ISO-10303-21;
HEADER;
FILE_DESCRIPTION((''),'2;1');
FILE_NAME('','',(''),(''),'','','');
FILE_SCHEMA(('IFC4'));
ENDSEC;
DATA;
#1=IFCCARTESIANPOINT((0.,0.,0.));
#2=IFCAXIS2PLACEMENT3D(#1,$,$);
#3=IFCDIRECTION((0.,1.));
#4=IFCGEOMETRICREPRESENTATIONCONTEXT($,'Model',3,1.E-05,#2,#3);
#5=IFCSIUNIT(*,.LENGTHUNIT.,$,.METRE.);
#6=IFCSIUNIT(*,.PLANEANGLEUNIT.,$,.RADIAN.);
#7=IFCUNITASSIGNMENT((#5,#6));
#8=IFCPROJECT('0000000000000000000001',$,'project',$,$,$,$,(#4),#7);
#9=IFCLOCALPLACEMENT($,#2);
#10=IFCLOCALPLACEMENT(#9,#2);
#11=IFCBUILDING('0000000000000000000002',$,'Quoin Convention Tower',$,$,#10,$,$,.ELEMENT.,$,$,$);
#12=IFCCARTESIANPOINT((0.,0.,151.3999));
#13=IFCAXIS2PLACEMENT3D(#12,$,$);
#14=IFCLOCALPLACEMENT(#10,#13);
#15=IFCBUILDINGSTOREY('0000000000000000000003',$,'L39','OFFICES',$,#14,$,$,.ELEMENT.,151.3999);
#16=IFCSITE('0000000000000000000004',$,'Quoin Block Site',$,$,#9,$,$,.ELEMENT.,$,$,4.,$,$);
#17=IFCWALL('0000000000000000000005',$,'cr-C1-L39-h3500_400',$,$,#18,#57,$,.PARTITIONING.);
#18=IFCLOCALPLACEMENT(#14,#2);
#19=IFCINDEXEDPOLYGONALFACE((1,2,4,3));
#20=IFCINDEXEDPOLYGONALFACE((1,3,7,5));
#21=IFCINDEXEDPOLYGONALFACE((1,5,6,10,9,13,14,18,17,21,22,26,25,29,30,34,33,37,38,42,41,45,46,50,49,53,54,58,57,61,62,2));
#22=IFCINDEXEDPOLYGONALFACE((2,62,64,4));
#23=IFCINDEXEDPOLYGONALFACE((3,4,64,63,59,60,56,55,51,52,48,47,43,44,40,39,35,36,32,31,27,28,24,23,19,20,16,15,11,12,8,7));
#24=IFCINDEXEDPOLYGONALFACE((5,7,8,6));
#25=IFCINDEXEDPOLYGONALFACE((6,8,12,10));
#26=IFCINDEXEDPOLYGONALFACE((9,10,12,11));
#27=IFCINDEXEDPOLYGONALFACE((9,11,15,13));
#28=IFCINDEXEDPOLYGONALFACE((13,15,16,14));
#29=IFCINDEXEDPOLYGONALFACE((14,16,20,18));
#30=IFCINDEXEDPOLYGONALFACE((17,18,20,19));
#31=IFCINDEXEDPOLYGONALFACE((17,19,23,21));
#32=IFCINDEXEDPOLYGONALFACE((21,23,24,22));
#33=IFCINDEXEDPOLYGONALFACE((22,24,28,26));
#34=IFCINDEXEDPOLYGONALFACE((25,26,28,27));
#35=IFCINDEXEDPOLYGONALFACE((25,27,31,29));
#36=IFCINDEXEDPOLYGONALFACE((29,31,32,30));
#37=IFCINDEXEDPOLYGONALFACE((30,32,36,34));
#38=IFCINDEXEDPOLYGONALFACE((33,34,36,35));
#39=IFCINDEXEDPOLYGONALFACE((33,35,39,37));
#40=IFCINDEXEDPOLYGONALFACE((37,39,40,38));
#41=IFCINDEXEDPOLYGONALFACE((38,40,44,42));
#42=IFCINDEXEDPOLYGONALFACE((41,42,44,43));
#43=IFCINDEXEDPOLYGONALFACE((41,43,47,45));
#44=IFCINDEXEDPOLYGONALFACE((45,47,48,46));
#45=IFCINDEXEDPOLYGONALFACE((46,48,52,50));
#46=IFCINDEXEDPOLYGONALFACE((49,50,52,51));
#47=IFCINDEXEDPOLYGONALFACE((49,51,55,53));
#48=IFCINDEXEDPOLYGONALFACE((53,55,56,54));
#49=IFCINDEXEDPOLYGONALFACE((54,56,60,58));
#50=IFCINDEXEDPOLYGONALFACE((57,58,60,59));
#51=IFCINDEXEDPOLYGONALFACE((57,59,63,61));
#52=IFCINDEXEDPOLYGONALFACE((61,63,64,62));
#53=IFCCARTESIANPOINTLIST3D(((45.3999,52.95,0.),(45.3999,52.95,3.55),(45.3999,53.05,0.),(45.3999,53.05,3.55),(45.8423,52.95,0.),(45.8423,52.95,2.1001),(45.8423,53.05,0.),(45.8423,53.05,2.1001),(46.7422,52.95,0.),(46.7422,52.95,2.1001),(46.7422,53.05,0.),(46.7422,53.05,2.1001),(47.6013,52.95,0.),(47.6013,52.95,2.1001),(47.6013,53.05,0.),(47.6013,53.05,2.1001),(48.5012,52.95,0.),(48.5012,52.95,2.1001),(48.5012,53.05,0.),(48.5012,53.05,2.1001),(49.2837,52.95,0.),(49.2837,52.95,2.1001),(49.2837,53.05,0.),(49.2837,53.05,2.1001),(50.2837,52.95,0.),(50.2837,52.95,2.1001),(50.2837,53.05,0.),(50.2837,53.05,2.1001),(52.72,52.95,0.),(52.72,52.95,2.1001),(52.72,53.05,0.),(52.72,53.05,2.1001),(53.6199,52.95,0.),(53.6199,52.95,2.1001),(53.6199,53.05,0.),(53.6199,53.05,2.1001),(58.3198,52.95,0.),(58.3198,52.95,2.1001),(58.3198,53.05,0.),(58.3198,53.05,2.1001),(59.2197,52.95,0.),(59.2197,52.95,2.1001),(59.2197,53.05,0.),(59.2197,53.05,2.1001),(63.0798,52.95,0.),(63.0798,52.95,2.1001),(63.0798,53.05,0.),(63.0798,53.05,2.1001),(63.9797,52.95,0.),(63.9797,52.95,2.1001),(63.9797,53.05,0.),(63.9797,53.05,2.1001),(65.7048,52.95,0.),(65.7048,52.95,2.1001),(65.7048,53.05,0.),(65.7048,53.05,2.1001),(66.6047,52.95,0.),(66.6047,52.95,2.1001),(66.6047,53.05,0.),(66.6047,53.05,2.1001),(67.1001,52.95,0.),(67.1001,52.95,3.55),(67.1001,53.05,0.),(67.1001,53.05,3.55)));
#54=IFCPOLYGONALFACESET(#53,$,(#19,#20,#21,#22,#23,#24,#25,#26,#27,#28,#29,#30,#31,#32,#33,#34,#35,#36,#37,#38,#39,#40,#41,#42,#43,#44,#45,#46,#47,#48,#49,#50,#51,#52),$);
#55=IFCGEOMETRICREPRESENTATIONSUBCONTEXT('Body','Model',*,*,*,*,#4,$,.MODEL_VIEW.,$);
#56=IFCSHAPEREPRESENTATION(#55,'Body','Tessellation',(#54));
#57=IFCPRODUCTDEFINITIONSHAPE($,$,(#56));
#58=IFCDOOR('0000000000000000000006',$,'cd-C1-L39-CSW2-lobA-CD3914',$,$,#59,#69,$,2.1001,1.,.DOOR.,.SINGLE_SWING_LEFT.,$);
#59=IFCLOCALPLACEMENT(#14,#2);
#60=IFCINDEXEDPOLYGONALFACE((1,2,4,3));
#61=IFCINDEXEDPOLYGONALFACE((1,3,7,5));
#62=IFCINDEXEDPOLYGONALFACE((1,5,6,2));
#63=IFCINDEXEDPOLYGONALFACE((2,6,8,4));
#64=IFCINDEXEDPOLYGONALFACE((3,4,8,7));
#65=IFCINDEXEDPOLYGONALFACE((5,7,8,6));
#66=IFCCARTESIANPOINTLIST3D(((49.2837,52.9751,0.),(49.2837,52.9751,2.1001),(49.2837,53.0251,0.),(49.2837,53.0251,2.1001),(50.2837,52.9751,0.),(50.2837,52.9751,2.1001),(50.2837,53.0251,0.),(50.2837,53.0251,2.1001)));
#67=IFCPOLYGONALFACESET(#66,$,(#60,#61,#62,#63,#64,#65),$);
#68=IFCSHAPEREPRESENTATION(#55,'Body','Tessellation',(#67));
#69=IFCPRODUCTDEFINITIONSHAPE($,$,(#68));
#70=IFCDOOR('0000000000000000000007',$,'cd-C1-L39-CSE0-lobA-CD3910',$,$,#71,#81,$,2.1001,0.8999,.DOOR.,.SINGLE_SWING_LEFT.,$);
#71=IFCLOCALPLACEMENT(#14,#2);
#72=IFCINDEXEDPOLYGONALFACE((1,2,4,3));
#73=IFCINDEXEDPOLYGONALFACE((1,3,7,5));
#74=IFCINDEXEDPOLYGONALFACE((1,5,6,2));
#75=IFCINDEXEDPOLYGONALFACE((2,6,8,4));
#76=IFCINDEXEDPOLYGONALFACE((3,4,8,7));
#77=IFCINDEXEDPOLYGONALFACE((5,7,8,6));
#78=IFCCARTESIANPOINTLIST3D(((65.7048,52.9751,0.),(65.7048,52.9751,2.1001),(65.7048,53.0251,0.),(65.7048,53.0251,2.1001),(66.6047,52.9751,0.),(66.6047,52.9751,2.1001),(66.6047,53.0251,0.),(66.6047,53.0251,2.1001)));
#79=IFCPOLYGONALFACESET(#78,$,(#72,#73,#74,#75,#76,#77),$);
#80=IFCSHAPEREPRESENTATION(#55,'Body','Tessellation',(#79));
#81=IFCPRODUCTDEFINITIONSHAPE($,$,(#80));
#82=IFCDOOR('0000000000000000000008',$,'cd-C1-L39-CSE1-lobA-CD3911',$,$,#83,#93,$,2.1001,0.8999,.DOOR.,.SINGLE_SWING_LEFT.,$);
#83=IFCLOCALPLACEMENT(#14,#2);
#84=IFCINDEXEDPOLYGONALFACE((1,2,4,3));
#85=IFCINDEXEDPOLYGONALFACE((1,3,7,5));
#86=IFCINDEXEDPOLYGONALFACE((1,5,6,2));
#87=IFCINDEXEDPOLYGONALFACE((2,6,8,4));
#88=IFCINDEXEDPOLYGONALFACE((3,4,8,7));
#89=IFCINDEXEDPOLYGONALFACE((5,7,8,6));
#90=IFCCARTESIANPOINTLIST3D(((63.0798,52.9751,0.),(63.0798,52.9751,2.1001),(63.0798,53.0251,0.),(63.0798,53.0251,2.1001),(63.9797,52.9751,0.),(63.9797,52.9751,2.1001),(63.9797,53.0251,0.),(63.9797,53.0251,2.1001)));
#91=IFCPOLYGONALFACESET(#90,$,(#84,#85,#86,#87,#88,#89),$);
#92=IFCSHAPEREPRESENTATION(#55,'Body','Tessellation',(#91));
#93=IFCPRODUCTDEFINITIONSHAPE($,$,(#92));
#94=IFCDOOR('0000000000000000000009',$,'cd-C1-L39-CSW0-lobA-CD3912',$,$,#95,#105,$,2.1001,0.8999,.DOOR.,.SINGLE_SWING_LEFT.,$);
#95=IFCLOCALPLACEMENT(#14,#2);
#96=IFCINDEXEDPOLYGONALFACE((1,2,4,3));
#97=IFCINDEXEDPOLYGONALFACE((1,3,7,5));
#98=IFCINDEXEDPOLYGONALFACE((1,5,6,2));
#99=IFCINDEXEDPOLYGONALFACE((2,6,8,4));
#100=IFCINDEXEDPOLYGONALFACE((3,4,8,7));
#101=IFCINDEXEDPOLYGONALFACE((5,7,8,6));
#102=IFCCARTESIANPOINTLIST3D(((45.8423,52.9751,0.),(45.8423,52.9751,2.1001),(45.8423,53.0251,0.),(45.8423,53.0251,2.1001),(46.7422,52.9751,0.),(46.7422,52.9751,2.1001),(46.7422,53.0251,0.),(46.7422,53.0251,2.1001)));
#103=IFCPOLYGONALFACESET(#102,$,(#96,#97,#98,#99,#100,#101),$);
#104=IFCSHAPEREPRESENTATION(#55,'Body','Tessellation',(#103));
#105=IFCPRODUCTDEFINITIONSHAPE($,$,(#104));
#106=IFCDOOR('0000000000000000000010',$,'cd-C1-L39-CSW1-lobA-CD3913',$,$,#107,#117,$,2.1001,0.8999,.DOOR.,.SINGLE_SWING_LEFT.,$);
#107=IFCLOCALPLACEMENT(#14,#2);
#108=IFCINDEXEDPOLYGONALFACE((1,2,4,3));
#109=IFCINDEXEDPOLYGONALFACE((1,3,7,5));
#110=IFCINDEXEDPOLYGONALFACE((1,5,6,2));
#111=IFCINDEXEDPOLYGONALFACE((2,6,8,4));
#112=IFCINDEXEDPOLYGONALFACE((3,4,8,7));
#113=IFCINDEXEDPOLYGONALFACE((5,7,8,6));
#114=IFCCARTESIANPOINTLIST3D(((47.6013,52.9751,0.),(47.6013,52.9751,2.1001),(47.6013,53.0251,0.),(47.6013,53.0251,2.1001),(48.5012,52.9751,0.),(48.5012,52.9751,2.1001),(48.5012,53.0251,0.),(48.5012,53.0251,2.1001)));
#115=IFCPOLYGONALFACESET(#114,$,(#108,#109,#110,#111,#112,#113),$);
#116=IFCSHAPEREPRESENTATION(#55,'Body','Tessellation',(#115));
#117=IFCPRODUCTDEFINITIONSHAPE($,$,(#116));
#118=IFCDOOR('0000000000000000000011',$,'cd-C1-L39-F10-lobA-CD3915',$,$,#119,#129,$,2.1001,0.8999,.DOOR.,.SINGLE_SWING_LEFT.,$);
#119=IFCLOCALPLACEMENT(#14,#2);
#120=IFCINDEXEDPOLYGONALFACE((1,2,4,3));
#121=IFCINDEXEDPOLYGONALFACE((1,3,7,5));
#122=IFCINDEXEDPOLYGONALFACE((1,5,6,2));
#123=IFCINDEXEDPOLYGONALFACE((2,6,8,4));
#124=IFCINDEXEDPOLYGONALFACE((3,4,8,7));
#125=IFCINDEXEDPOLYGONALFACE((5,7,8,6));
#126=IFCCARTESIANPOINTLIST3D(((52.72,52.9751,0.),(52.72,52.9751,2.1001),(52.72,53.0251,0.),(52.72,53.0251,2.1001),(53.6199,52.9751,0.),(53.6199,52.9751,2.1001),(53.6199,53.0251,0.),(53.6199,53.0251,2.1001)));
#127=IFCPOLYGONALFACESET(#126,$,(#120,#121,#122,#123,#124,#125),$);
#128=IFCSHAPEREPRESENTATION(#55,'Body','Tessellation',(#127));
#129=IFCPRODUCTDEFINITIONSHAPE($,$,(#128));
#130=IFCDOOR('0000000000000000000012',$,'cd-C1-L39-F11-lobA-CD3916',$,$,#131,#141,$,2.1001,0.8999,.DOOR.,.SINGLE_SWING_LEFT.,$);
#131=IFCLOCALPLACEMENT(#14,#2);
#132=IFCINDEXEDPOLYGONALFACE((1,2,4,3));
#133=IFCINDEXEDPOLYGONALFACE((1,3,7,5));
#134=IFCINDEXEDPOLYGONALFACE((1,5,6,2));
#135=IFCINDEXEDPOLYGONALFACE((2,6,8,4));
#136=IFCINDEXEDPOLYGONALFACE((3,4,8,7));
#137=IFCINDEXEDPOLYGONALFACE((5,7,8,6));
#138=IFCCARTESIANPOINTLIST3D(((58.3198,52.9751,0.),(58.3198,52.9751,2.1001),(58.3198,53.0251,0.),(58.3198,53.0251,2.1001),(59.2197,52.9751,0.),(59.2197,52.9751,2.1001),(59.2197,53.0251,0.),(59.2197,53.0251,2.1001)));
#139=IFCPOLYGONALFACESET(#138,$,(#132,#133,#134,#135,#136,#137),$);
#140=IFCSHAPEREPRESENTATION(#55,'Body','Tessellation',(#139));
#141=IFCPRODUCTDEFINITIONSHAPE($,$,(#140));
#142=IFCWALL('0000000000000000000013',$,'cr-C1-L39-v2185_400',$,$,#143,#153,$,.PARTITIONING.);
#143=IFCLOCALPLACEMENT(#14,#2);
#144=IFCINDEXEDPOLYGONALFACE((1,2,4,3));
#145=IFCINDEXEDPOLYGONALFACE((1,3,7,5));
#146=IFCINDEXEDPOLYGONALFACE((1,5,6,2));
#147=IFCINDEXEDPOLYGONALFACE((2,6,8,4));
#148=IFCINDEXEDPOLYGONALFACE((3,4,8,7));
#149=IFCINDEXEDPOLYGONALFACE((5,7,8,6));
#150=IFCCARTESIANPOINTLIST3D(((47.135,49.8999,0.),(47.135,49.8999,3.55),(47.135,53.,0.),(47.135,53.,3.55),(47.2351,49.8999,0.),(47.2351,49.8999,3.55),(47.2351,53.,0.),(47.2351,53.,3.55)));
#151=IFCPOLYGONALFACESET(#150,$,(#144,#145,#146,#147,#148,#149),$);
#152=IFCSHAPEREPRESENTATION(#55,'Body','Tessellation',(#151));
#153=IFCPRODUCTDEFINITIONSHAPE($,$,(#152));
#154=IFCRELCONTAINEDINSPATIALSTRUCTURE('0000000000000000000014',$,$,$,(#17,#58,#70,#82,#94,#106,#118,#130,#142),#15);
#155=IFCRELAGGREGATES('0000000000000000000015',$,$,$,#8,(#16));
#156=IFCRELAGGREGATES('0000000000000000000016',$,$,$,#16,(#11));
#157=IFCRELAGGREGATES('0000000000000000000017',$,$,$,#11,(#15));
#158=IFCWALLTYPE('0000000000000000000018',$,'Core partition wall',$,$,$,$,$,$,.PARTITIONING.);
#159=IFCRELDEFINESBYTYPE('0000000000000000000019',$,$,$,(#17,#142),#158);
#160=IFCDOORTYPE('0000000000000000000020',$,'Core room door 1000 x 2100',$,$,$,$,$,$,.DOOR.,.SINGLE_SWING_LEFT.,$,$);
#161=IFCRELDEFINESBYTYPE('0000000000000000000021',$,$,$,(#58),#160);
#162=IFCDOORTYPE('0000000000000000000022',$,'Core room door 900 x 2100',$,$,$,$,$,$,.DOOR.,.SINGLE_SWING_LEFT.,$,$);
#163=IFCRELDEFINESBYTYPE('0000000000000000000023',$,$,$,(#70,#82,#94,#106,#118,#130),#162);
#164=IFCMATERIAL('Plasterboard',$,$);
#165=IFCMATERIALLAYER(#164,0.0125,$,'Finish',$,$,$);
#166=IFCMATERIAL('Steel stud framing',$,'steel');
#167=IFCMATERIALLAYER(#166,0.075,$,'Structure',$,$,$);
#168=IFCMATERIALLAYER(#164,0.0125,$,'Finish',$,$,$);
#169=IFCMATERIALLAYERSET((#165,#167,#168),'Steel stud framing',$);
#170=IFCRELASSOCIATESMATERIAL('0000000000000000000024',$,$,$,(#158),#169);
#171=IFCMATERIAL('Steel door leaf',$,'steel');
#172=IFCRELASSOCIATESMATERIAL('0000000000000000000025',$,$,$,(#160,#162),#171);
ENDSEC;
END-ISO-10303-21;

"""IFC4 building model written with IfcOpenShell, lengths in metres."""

from ifc_helpers import new_model, si_unit, direction, frame, frame_2d, origin, place, context, subcontext, project, spatial, rectangle, extrude, material, layer, layer_set, type_object, element, fill, save


model = new_model("IFC4")

# Units and contexts
model_context = context("Model", 3, precision=1e-05, world=origin(), true_north=direction((0.0, 1.0)))
body_context = subcontext(model_context, "Body", "Model", "MODEL_VIEW")
ifc_project = project(units=[si_unit("LENGTHUNIT", "METRE"), si_unit("PLANEANGLEUNIT", "RADIAN")], contexts=[model_context])

# Site, building, storey
site_placement = place(None, origin())
site = spatial("IfcSite", under=ifc_project, at=site_placement, Name="Quoin Block Site", CompositionType="ELEMENT", RefElevation=4.0)
building_placement = place(site_placement, origin())
building = spatial("IfcBuilding", under=site, at=building_placement, Name="Quoin Convention Tower", CompositionType="ELEMENT")
storey_placement = place(building_placement, frame((0.0, 0.0, 151.3999)))
storey = spatial("IfcBuildingStorey", under=building, at=storey_placement, Name="L39", Description="OFFICES", CompositionType="ELEMENT", Elevation=151.3999)

# Wall, openings, doors
ifc_material_1 = material(Name="Plasterboard")
ifc_layer_1 = layer(ifc_material_1, 0.0125, Name="Finish")
ifc_material_2 = material(Name="Steel stud framing", Category="steel")
ifc_layer_2 = layer(ifc_material_2, 0.075, Name="Structure")
ifc_layer_3 = layer(ifc_material_1, 0.0125, Name="Finish")
ifc_layer_set_1 = layer_set([ifc_layer_1, ifc_layer_2, ifc_layer_3], Name="Steel stud framing")
wall_type_1 = type_object("IfcWallType", Name="Core partition wall", PredefinedType="PARTITIONING", material=ifc_layer_set_1)
wall_1_placement = place(storey_placement, frame((45.3999, 53.0, 0.0), z_axis=(0.0, 0.0, 1.0), x_axis=(1.0, 0.0, 0.0)))
wall_1 = element("IfcWall", 1, at=wall_1_placement, inside=storey, type_object=wall_type_1, Name="cr-C1-L39-h3500_400", PredefinedType="PARTITIONING", context=body_context, shape_type="SweptSolid", body=[
    extrude(rectangle(XDim=21.7002, YDim=0.1001, at=frame_2d((10.8501, 0.0))), origin(), (0.0, 0.0, 1.0), 3.55),
])
opening_1_placement = place(wall_1_placement, frame((20.3049, 0.0, 0.0)))
opening_1 = element("IfcOpeningElement", 2, at=opening_1_placement, cuts=wall_1, PredefinedType="OPENING", context=body_context, shape_type="SweptSolid", body=[
    extrude(rectangle(XDim=0.8999, YDim=2.1001, at=frame_2d((0.45, 1.05))), frame((0.0, 0.0601, 0.0), z_axis=(0.0, -1.0, 0.0), x_axis=(1.0, 0.0, 0.0)), (0.0, 0.0, 1.0), 0.1201),
])
opening_2_placement = place(wall_1_placement, frame((17.6799, 0.0, 0.0)))
opening_2 = element("IfcOpeningElement", 3, at=opening_2_placement, cuts=wall_1, PredefinedType="OPENING", context=body_context, shape_type="SweptSolid", body=[
    extrude(rectangle(XDim=0.8999, YDim=2.1001, at=frame_2d((0.45, 1.05))), frame((0.0, 0.0601, 0.0), z_axis=(0.0, -1.0, 0.0), x_axis=(1.0, 0.0, 0.0)), (0.0, 0.0, 1.0), 0.1201),
])
opening_3_placement = place(wall_1_placement, frame((0.4424, 0.0, 0.0)))
opening_3 = element("IfcOpeningElement", 4, at=opening_3_placement, cuts=wall_1, PredefinedType="OPENING", context=body_context, shape_type="SweptSolid", body=[
    extrude(rectangle(XDim=0.8999, YDim=2.1001, at=frame_2d((0.45, 1.05))), frame((0.0, 0.0601, 0.0), z_axis=(0.0, -1.0, 0.0), x_axis=(1.0, 0.0, 0.0)), (0.0, 0.0, 1.0), 0.1201),
])
opening_4_placement = place(wall_1_placement, frame((2.2014, 0.0, 0.0)))
opening_4 = element("IfcOpeningElement", 5, at=opening_4_placement, cuts=wall_1, PredefinedType="OPENING", context=body_context, shape_type="SweptSolid", body=[
    extrude(rectangle(XDim=0.8999, YDim=2.1001, at=frame_2d((0.45, 1.05))), frame((0.0, 0.0601, 0.0), z_axis=(0.0, -1.0, 0.0), x_axis=(1.0, 0.0, 0.0)), (0.0, 0.0, 1.0), 0.1201),
])
opening_5_placement = place(wall_1_placement, frame((3.8838, 0.0, 0.0)))
opening_5 = element("IfcOpeningElement", 6, at=opening_5_placement, cuts=wall_1, PredefinedType="OPENING", context=body_context, shape_type="SweptSolid", body=[
    extrude(rectangle(XDim=1.0, YDim=2.1001, at=frame_2d((0.5, 1.05))), frame((0.0, 0.0601, 0.0), z_axis=(0.0, -1.0, 0.0), x_axis=(1.0, 0.0, 0.0)), (0.0, 0.0, 1.0), 0.1201),
])
opening_6_placement = place(wall_1_placement, frame((7.3201, 0.0, 0.0)))
opening_6 = element("IfcOpeningElement", 7, at=opening_6_placement, cuts=wall_1, PredefinedType="OPENING", context=body_context, shape_type="SweptSolid", body=[
    extrude(rectangle(XDim=0.8999, YDim=2.1001, at=frame_2d((0.45, 1.05))), frame((0.0, 0.0601, 0.0), z_axis=(0.0, -1.0, 0.0), x_axis=(1.0, 0.0, 0.0)), (0.0, 0.0, 1.0), 0.1201),
])
opening_7_placement = place(wall_1_placement, frame((12.9199, 0.0, 0.0)))
opening_7 = element("IfcOpeningElement", 8, at=opening_7_placement, cuts=wall_1, PredefinedType="OPENING", context=body_context, shape_type="SweptSolid", body=[
    extrude(rectangle(XDim=0.8999, YDim=2.1001, at=frame_2d((0.45, 1.05))), frame((0.0, 0.0601, 0.0), z_axis=(0.0, -1.0, 0.0), x_axis=(1.0, 0.0, 0.0)), (0.0, 0.0, 1.0), 0.1201),
])
ifc_material_3 = material(Name="Steel door leaf", Category="steel")
door_type_1 = type_object("IfcDoorType", Name="Core room door 1000 x 2100", OperationType="SINGLE_SWING_LEFT", PredefinedType="DOOR", material=ifc_material_3)
door_1_placement = place(opening_5_placement, frame((1.0, 0.0, 0.0), z_axis=(0.0, 0.0, 1.0), x_axis=(-1.0, 0.0, 0.0)))
door_1 = element("IfcDoor", 9, at=door_1_placement, inside=storey, type_object=door_type_1, Name="cd-C1-L39-CSW2-lobA-CD3914", OperationType="SINGLE_SWING_LEFT", OverallHeight=2.1001, OverallWidth=1.0, PredefinedType="DOOR", context=body_context, shape_type="SweptSolid", body=[
    extrude(rectangle(XDim=1.0, YDim=2.1001, at=frame_2d((0.5, 1.05))), frame((0.0, 0.0249, 0.0), z_axis=(0.0, -1.0, 0.0), x_axis=(1.0, 0.0, 0.0)), (0.0, 0.0, 1.0), 0.05),
])
fill(opening_5, door_1)
door_type_2 = type_object("IfcDoorType", Name="Core room door 900 x 2100", OperationType="SINGLE_SWING_LEFT", PredefinedType="DOOR", material=ifc_material_3)
door_2_placement = place(opening_1_placement, frame((0.8999, 0.0, 0.0), z_axis=(0.0, 0.0, 1.0), x_axis=(-1.0, 0.0, 0.0)))
door_2 = element("IfcDoor", 10, at=door_2_placement, inside=storey, type_object=door_type_2, Name="cd-C1-L39-CSE0-lobA-CD3910", OperationType="SINGLE_SWING_LEFT", OverallHeight=2.1001, OverallWidth=0.8999, PredefinedType="DOOR", context=body_context, shape_type="SweptSolid", body=[
    extrude(rectangle(XDim=0.8999, YDim=2.1001, at=frame_2d((0.45, 1.05))), frame((0.0, 0.0249, 0.0), z_axis=(0.0, -1.0, 0.0), x_axis=(1.0, 0.0, 0.0)), (0.0, 0.0, 1.0), 0.05),
])
fill(opening_1, door_2)
door_3_placement = place(opening_2_placement, frame((0.8999, 0.0, 0.0), z_axis=(0.0, 0.0, 1.0), x_axis=(-1.0, 0.0, 0.0)))
door_3 = element("IfcDoor", 11, at=door_3_placement, inside=storey, type_object=door_type_2, Name="cd-C1-L39-CSE1-lobA-CD3911", OperationType="SINGLE_SWING_LEFT", OverallHeight=2.1001, OverallWidth=0.8999, PredefinedType="DOOR", context=body_context, shape_type="SweptSolid", body=[
    extrude(rectangle(XDim=0.8999, YDim=2.1001, at=frame_2d((0.45, 1.05))), frame((0.0, 0.0249, 0.0), z_axis=(0.0, -1.0, 0.0), x_axis=(1.0, 0.0, 0.0)), (0.0, 0.0, 1.0), 0.05),
])
fill(opening_2, door_3)
door_4_placement = place(opening_3_placement, frame((0.8999, 0.0, 0.0), z_axis=(0.0, 0.0, 1.0), x_axis=(-1.0, 0.0, 0.0)))
door_4 = element("IfcDoor", 12, at=door_4_placement, inside=storey, type_object=door_type_2, Name="cd-C1-L39-CSW0-lobA-CD3912", OperationType="SINGLE_SWING_LEFT", OverallHeight=2.1001, OverallWidth=0.8999, PredefinedType="DOOR", context=body_context, shape_type="SweptSolid", body=[
    extrude(rectangle(XDim=0.8999, YDim=2.1001, at=frame_2d((0.45, 1.05))), frame((0.0, 0.0249, 0.0), z_axis=(0.0, -1.0, 0.0), x_axis=(1.0, 0.0, 0.0)), (0.0, 0.0, 1.0), 0.05),
])
fill(opening_3, door_4)
door_5_placement = place(opening_4_placement, frame((0.8999, 0.0, 0.0), z_axis=(0.0, 0.0, 1.0), x_axis=(-1.0, 0.0, 0.0)))
door_5 = element("IfcDoor", 13, at=door_5_placement, inside=storey, type_object=door_type_2, Name="cd-C1-L39-CSW1-lobA-CD3913", OperationType="SINGLE_SWING_LEFT", OverallHeight=2.1001, OverallWidth=0.8999, PredefinedType="DOOR", context=body_context, shape_type="SweptSolid", body=[
    extrude(rectangle(XDim=0.8999, YDim=2.1001, at=frame_2d((0.45, 1.05))), frame((0.0, 0.0249, 0.0), z_axis=(0.0, -1.0, 0.0), x_axis=(1.0, 0.0, 0.0)), (0.0, 0.0, 1.0), 0.05),
])
fill(opening_4, door_5)
door_6_placement = place(opening_6_placement, frame((0.8999, 0.0, 0.0), z_axis=(0.0, 0.0, 1.0), x_axis=(-1.0, 0.0, 0.0)))
door_6 = element("IfcDoor", 14, at=door_6_placement, inside=storey, type_object=door_type_2, Name="cd-C1-L39-F10-lobA-CD3915", OperationType="SINGLE_SWING_LEFT", OverallHeight=2.1001, OverallWidth=0.8999, PredefinedType="DOOR", context=body_context, shape_type="SweptSolid", body=[
    extrude(rectangle(XDim=0.8999, YDim=2.1001, at=frame_2d((0.45, 1.05))), frame((0.0, 0.0249, 0.0), z_axis=(0.0, -1.0, 0.0), x_axis=(1.0, 0.0, 0.0)), (0.0, 0.0, 1.0), 0.05),
])
fill(opening_6, door_6)
door_7_placement = place(opening_7_placement, frame((0.8999, 0.0, 0.0), z_axis=(0.0, 0.0, 1.0), x_axis=(-1.0, 0.0, 0.0)))
door_7 = element("IfcDoor", 15, at=door_7_placement, inside=storey, type_object=door_type_2, Name="cd-C1-L39-F11-lobA-CD3916", OperationType="SINGLE_SWING_LEFT", OverallHeight=2.1001, OverallWidth=0.8999, PredefinedType="DOOR", context=body_context, shape_type="SweptSolid", body=[
    extrude(rectangle(XDim=0.8999, YDim=2.1001, at=frame_2d((0.45, 1.05))), frame((0.0, 0.0249, 0.0), z_axis=(0.0, -1.0, 0.0), x_axis=(1.0, 0.0, 0.0)), (0.0, 0.0, 1.0), 0.05),
])
fill(opening_7, door_7)

# Wall
wall_2_placement = place(storey_placement, frame((47.1851, 49.8999, 0.0), z_axis=(0.0, 0.0, 1.0), x_axis=(0.0, 1.0, 0.0)))
element("IfcWall", 16, at=wall_2_placement, inside=storey, type_object=wall_type_1, Name="cr-C1-L39-v2185_400", PredefinedType="PARTITIONING", context=body_context, shape_type="SweptSolid", body=[
    extrude(rectangle(XDim=3.1001, YDim=0.1001, at=frame_2d((1.55, 0.0))), origin(), (0.0, 0.0, 1.0), 3.55),
])

save(model, "model.ifc")
